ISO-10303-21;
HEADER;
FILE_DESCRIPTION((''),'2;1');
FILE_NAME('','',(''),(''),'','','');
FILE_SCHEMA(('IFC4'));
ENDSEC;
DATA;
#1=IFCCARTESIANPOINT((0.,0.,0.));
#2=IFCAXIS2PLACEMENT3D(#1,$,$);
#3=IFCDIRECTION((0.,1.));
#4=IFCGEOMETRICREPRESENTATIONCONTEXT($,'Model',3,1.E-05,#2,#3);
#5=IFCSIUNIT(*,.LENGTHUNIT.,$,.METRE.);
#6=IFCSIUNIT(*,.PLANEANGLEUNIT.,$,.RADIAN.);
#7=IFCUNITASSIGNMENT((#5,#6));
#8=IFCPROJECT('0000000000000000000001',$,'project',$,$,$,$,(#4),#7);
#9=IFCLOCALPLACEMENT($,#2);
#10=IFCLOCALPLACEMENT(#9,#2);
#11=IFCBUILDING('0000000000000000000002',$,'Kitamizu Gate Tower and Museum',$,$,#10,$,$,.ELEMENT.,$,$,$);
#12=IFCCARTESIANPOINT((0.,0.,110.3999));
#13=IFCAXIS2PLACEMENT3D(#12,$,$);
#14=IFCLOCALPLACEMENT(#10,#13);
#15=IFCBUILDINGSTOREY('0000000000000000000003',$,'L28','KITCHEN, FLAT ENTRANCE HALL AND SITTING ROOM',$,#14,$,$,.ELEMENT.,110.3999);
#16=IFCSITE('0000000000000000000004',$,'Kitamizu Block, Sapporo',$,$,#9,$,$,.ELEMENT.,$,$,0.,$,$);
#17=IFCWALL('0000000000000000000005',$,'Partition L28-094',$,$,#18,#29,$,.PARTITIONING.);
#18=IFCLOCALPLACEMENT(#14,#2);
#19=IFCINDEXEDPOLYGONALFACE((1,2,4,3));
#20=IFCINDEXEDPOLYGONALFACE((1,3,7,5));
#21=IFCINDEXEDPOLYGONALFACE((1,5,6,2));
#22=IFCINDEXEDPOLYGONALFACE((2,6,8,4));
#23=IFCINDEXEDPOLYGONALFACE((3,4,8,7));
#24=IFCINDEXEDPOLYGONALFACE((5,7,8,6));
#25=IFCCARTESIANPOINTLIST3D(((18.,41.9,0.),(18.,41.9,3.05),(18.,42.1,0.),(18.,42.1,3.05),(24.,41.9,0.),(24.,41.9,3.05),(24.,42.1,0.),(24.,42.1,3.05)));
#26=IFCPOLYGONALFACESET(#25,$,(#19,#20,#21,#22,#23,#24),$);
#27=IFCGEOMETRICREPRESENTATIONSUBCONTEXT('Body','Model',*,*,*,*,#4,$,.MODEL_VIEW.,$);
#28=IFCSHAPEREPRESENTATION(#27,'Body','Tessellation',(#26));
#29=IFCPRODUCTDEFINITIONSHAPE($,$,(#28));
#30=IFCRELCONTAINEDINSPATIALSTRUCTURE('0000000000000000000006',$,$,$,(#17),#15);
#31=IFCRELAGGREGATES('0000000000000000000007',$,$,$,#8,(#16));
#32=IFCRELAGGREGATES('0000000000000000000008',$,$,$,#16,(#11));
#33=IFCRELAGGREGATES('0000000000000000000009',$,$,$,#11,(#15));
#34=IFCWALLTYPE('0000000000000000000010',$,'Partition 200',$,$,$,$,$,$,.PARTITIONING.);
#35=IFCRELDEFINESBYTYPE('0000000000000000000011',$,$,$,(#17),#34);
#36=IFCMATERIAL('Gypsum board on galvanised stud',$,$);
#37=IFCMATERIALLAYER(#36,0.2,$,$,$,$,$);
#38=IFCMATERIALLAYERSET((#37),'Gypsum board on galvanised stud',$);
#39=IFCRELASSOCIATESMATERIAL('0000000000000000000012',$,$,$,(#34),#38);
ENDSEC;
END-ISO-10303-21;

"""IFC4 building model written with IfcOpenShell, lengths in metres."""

from ifc_helpers import new_model, si_unit, direction, frame, frame_2d, origin, place, context, subcontext, project, spatial, rectangle, extrude, material, layer, layer_set, type_object, element, save


model = new_model("IFC4")

# Units and contexts
model_context = context("Model", 3, precision=1e-05, world=origin(), true_north=direction((0.0, 1.0)))
body_context = subcontext(model_context, "Body", "Model", "MODEL_VIEW")
ifc_project = project(units=[si_unit("LENGTHUNIT", "METRE"), si_unit("PLANEANGLEUNIT", "RADIAN")], contexts=[model_context])

# Site, building, storey
site_placement = place(None, origin())
site = spatial("IfcSite", under=ifc_project, at=site_placement, Name="Kitamizu Block, Sapporo", CompositionType="ELEMENT", RefElevation=0.0)
building_placement = place(site_placement, origin())
building = spatial("IfcBuilding", under=site, at=building_placement, Name="Kitamizu Gate Tower and Museum", CompositionType="ELEMENT")
storey_placement = place(building_placement, frame((0.0, 0.0, 110.3999)))
storey = spatial("IfcBuildingStorey", under=building, at=storey_placement, Name="L28", Description="KITCHEN, FLAT ENTRANCE HALL AND SITTING ROOM", CompositionType="ELEMENT", Elevation=110.3999)

# Shared definitions
ifc_material_1 = material(Name="Gypsum board on galvanised stud")
ifc_layer_1 = layer(ifc_material_1, 0.2)
ifc_layer_set_1 = layer_set([ifc_layer_1], Name="Gypsum board on galvanised stud")
wall_type_1 = type_object("IfcWallType", Name="Partition 200", PredefinedType="PARTITIONING", material=ifc_layer_set_1)

# Wall
wall_1_placement = place(storey_placement, frame((18.0, 42.0, 0.0), z_axis=(0.0, 0.0, 1.0), x_axis=(1.0, 0.0, 0.0)))
element("IfcWall", 1, at=wall_1_placement, inside=storey, type_object=wall_type_1, Name="Partition L28-094", PredefinedType="PARTITIONING", context=body_context, shape_type="SweptSolid", body=[
    extrude(rectangle(XDim=6.0, YDim=0.2, at=frame_2d((3.0, 0.0))), origin(), (0.0, 0.0, 1.0), 3.05),
])

save(model, "model.ifc")
